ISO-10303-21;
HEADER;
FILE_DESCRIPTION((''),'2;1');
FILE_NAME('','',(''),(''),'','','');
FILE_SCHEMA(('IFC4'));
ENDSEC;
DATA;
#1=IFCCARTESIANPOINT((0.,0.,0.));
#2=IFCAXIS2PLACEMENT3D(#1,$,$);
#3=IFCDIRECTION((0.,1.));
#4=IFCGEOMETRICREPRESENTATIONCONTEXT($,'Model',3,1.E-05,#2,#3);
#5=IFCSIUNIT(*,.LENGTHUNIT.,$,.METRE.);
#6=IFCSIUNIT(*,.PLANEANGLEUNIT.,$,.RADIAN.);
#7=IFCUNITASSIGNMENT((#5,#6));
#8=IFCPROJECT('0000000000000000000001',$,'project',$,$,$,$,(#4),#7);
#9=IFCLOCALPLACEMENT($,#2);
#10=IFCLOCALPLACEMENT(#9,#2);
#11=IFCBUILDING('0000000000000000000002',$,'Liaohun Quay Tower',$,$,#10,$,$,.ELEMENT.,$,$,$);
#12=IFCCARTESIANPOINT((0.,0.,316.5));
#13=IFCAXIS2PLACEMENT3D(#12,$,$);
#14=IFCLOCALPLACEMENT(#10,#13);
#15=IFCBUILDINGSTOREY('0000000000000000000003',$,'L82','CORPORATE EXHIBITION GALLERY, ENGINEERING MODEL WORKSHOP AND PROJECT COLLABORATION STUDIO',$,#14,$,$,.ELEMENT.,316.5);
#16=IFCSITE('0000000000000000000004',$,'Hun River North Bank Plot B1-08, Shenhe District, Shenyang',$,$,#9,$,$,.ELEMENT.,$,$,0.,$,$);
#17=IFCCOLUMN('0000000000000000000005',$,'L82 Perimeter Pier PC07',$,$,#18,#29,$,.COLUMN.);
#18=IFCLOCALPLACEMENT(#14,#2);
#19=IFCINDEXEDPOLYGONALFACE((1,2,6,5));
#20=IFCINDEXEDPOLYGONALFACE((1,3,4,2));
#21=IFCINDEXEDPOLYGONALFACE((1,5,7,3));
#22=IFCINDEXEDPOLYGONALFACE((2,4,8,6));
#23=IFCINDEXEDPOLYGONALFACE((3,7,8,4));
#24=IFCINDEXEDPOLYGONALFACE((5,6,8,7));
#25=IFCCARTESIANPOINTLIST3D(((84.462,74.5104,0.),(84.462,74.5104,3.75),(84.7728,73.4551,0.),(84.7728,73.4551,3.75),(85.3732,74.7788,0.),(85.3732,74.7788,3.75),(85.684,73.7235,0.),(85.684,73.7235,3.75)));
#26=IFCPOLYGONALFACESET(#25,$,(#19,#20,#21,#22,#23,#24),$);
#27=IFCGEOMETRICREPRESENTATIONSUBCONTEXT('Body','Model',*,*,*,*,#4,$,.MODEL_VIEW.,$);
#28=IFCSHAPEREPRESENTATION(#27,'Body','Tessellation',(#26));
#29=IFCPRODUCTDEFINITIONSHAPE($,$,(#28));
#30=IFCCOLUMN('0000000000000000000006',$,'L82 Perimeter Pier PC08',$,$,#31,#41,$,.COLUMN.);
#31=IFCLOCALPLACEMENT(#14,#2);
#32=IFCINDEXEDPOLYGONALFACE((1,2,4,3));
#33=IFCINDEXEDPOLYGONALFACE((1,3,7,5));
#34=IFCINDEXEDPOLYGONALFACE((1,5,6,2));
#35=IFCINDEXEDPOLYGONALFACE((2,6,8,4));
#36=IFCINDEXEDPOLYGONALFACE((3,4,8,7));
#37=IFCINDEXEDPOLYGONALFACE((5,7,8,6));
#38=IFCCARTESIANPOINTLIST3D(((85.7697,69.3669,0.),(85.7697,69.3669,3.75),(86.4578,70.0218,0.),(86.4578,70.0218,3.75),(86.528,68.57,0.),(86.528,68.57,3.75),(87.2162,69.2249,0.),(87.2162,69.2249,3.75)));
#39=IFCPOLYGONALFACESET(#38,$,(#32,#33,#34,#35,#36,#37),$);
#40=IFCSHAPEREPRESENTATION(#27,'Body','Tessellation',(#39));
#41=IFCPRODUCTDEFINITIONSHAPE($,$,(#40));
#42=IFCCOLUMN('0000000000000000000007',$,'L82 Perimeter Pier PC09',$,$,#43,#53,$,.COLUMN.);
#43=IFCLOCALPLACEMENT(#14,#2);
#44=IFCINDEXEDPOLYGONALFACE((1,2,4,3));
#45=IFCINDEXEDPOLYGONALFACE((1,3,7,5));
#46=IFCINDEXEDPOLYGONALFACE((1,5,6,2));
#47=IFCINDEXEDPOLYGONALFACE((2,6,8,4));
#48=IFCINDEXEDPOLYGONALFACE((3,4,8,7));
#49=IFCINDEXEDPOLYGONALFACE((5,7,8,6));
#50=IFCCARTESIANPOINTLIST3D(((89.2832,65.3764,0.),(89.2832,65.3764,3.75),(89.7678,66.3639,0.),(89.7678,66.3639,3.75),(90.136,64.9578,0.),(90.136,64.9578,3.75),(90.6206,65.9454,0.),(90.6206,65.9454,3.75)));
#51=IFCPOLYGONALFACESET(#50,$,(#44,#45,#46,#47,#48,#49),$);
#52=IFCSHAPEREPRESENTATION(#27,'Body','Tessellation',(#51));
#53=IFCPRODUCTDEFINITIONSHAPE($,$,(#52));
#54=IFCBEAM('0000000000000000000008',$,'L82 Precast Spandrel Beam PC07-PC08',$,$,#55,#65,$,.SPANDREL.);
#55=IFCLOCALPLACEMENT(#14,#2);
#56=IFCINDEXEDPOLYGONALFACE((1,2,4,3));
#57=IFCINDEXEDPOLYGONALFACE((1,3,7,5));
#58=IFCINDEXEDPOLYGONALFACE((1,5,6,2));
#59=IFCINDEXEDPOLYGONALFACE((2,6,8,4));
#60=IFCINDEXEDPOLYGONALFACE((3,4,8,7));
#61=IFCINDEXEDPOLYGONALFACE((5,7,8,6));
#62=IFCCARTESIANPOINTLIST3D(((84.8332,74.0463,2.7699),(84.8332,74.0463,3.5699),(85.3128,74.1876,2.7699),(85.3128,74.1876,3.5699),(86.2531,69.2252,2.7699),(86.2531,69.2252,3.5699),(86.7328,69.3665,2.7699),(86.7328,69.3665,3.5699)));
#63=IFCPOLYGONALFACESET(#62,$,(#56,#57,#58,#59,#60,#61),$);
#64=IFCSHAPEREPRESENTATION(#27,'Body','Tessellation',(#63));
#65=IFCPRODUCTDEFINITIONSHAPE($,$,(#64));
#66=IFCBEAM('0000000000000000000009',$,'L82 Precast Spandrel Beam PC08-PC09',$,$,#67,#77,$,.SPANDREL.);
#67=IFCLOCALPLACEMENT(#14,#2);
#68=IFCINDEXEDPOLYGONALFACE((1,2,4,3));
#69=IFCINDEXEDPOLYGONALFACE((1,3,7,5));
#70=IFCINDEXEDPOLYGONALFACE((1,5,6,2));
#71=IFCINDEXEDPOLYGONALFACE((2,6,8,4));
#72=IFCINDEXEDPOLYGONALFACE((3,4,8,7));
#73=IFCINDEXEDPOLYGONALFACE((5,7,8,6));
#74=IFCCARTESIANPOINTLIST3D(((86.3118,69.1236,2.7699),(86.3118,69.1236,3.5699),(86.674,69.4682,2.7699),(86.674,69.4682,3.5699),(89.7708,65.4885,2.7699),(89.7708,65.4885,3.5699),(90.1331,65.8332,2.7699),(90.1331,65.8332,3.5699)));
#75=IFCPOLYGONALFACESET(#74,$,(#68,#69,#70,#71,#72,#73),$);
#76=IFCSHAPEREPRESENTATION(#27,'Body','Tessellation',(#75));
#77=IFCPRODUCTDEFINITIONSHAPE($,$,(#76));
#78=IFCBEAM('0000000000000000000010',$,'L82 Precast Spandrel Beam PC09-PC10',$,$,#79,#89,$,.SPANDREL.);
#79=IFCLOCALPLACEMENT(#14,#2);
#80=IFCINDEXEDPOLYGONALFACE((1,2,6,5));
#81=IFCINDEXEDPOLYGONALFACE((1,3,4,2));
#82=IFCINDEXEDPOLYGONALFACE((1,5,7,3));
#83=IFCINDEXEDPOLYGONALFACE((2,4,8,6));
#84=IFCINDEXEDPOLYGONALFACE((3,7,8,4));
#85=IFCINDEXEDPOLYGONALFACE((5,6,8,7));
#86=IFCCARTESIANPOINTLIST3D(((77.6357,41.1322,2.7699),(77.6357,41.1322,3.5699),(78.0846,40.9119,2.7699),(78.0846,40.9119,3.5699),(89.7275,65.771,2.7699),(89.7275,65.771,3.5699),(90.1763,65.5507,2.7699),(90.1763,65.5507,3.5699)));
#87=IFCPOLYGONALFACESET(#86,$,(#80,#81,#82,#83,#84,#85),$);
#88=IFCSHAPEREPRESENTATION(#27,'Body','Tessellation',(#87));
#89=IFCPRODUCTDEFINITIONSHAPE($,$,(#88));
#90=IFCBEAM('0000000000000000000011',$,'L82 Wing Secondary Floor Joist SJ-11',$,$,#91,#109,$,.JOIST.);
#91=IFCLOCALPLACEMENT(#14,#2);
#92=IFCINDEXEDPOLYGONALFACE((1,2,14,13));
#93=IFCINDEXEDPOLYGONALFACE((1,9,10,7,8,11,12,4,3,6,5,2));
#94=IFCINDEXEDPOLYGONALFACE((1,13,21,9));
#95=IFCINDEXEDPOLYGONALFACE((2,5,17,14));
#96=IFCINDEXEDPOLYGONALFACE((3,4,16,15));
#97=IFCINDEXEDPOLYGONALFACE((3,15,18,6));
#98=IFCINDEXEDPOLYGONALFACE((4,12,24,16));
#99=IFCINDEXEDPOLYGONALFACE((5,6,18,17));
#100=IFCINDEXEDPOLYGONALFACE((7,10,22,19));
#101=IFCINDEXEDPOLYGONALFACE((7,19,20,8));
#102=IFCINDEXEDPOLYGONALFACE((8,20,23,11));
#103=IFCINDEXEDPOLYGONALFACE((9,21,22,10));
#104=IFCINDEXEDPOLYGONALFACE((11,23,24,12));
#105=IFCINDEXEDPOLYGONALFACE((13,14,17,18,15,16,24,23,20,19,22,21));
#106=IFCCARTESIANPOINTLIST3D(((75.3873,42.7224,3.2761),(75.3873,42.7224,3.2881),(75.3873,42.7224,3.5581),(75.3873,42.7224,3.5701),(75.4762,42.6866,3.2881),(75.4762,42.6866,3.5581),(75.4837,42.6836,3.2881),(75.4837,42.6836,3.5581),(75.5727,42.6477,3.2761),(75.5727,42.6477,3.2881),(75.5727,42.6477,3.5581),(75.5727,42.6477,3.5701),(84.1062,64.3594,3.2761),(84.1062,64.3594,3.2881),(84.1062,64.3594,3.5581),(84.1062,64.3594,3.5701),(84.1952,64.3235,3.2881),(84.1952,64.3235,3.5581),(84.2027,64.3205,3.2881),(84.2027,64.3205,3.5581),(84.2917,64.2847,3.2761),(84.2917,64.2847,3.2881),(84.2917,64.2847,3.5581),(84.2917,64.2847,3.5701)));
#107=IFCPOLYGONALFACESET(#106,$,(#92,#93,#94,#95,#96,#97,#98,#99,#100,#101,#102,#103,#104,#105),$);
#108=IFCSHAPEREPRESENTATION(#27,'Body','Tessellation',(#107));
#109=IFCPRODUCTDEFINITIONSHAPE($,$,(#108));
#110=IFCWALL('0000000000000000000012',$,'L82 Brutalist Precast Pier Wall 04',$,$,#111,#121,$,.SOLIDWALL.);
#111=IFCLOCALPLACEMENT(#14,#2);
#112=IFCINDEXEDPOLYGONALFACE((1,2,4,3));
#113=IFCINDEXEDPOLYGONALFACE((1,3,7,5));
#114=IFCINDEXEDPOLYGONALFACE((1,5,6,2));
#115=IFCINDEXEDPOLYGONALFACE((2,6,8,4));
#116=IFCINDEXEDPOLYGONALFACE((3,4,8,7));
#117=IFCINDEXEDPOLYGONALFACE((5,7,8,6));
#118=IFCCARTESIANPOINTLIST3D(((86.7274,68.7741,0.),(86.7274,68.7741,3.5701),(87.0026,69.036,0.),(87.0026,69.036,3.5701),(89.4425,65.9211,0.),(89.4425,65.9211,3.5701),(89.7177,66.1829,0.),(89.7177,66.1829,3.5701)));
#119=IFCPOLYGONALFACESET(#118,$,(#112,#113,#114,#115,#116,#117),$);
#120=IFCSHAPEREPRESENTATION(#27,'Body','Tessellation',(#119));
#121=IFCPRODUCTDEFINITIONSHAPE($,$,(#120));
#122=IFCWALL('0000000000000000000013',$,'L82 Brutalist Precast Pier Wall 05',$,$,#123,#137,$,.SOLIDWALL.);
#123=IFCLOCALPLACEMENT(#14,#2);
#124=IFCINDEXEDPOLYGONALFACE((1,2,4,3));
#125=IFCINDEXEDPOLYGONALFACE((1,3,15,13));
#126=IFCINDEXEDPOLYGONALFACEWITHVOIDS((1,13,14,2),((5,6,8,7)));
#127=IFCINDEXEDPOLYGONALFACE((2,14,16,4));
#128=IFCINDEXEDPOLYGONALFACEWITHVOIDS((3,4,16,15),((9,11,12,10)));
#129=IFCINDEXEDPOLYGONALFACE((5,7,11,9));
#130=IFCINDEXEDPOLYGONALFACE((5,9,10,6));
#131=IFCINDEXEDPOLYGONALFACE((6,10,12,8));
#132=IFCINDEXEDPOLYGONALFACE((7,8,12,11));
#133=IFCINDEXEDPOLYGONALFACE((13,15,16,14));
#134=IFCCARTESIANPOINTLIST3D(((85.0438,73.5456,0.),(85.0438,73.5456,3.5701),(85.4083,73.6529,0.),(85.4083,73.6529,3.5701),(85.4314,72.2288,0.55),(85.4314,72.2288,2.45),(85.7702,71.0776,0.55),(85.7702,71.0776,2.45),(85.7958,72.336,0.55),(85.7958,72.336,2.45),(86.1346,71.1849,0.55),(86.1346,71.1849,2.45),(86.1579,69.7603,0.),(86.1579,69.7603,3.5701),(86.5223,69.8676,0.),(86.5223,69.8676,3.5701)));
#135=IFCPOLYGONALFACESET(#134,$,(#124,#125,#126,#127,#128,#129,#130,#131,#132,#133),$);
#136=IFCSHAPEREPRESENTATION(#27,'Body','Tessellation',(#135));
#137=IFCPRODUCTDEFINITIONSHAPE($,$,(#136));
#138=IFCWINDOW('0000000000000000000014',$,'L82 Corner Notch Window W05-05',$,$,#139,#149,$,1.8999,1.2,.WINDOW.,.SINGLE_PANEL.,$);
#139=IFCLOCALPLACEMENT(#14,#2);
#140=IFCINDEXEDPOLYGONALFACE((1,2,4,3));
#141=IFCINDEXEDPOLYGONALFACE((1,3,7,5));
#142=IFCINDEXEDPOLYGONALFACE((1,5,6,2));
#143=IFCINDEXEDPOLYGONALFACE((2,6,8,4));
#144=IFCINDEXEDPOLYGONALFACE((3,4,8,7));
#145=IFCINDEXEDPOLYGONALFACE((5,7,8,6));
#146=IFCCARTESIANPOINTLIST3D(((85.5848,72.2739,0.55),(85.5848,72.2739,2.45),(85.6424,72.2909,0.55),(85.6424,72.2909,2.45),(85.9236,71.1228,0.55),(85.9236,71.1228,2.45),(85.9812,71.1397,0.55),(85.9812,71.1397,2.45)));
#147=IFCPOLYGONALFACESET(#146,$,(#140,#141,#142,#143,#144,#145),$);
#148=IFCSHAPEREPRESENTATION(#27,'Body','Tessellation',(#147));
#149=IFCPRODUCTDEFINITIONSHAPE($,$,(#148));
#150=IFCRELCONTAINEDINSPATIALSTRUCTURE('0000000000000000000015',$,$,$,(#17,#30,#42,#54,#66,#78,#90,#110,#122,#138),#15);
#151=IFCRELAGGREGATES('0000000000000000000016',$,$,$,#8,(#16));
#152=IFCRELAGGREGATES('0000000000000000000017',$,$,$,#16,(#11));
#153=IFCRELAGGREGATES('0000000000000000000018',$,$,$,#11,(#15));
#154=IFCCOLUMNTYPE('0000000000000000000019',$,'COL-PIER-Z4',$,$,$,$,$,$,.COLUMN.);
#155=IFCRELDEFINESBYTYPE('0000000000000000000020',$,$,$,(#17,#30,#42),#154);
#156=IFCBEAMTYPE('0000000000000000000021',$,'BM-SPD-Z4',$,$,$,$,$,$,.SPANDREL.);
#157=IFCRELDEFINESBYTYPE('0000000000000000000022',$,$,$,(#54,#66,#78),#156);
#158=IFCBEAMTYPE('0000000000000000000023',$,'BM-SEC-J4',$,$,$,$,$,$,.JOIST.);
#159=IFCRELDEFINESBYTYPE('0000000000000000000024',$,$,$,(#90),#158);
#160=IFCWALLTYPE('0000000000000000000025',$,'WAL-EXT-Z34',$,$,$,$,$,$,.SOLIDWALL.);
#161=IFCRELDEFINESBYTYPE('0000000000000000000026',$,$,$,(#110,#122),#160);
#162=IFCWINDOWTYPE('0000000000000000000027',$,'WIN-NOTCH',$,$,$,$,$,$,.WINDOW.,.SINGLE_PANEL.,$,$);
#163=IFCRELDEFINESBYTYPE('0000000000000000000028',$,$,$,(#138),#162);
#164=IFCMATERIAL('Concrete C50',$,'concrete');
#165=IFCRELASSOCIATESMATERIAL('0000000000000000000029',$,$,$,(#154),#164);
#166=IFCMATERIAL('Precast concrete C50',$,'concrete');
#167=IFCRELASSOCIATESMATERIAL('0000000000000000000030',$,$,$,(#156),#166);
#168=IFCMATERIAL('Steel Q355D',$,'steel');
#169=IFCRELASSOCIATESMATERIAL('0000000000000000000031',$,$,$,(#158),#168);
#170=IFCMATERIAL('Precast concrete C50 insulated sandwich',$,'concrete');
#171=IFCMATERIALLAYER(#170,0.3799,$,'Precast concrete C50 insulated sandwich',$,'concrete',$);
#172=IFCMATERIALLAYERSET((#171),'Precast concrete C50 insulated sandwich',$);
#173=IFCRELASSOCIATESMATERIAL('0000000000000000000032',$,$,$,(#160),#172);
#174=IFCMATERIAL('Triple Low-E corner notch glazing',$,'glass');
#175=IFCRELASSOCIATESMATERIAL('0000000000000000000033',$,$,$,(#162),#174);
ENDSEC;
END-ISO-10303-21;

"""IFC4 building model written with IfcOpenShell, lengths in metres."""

from ifc_helpers import new_model, si_unit, direction, frame, frame_2d, origin, origin_2d, place, context, subcontext, project, spatial, rectangle, i_section, extrude, source, transform, mapped, material, layer, layer_set, material_profile, profile_set, type_object, element, fill, save


model = new_model("IFC4")

# Units and contexts
model_context = context("Model", 3, precision=1e-05, world=origin(), true_north=direction((0.0, 1.0)))
body_context = subcontext(model_context, "Body", "Model", "MODEL_VIEW")
ifc_project = project(units=[si_unit("LENGTHUNIT", "METRE"), si_unit("PLANEANGLEUNIT", "RADIAN")], contexts=[model_context])

# Site, building, storey
site_placement = place(None, origin())
site = spatial("IfcSite", under=ifc_project, at=site_placement, Name="Hun River North Bank Plot B1-08, Shenhe District, Shenyang", CompositionType="ELEMENT", RefElevation=0.0)
building_placement = place(site_placement, origin())
building = spatial("IfcBuilding", under=site, at=building_placement, Name="Liaohun Quay Tower", CompositionType="ELEMENT")
storey_placement = place(building_placement, frame((0.0, 0.0, 316.5)))
storey = spatial("IfcBuildingStorey", under=building, at=storey_placement, Name="L82", Description="CORPORATE EXHIBITION GALLERY, ENGINEERING MODEL WORKSHOP AND PROJECT COLLABORATION STUDIO", CompositionType="ELEMENT", Elevation=316.5)

# Columns
ifc_material_1 = material(Name="Concrete C50", Category="concrete")
ifc_material_profile_1 = material_profile(ifc_material_1, rectangle(XDim=1.1001, YDim=0.95, at=origin_2d()), Name="RC1100x950")
ifc_profile_set_1 = profile_set([ifc_material_profile_1], Name="Concrete C50")
column_type = type_object("IfcColumnType", Name="COL-PIER-Z4", PredefinedType="COLUMN", material=ifc_profile_set_1)
shared_shape_1 = source(origin(), body_context, "Body", "SweptSolid", [
    extrude(rectangle(XDim=1.1001, YDim=0.95, at=origin_2d()), origin(), (0.0, 0.0, 1.0), 3.75),
])
for number, where, z_axis, x_axis, name in (
    (1, (85.073, 74.1169, 0.0), (0.0, 0.0, 1.0), (-0.282509, 0.959265, 0.0), "L82 Perimeter Pier PC07"),
    (2, (86.4929, 69.2959, 0.0), (0.0, 0.0, 1.0), (-0.689367, 0.724413, 0.0), "L82 Perimeter Pier PC08"),
    (3, (89.9519, 65.6609, 0.0), (0.0, 0.0, 1.0), (0.440566, 0.89772, 0.0), "L82 Perimeter Pier PC09"),
):
    element("IfcColumn", number, at=place(storey_placement, frame(where, z_axis=z_axis, x_axis=x_axis)), inside=storey, type_object=column_type, Name=name, PredefinedType="COLUMN", context=body_context, shape_type="MappedRepresentation", body=[
        mapped(shared_shape_1, transform((0.0, 0.0, 0.0), x_axis=(1.0, 0.0, 0.0), y_axis=(0.0, 1.0, 0.0), z_axis=(0.0, 0.0, 1.0), scale=1.0)),
    ])

# Beams
ifc_material_2 = material(Name="Precast concrete C50", Category="concrete")
ifc_material_profile_2 = material_profile(ifc_material_2, rectangle(XDim=0.5, YDim=0.8, at=origin_2d()), Name="RC500x800")
ifc_profile_set_2 = profile_set([ifc_material_profile_2], Name="Precast concrete C50")
beam_type_1 = type_object("IfcBeamType", Name="BM-SPD-Z4", PredefinedType="SPANDREL", material=ifc_profile_set_2)
shared_shape_2 = source(origin(), body_context, "Body", "SweptSolid", [
    extrude(rectangle(XDim=0.5, YDim=0.8, at=origin_2d()), origin(), (0.0, 0.0, 1.0), 5.0259),
])
beam_1_placement = place(storey_placement, frame((85.073, 74.1169, 3.1699), z_axis=(0.282527, -0.959259, 0.0), x_axis=(0.959259, 0.282527, 0.0)))
element("IfcBeam", 4, at=beam_1_placement, inside=storey, type_object=beam_type_1, Name="L82 Precast Spandrel Beam PC07-PC08", PredefinedType="SPANDREL", context=body_context, shape_type="MappedRepresentation", body=[
    mapped(shared_shape_2, transform((0.0, 0.0, 0.0), x_axis=(1.0, 0.0, 0.0), y_axis=(0.0, 1.0, 0.0), z_axis=(0.0, 0.0, 1.0), scale=1.0)),
])
shared_shape_3 = source(origin(), body_context, "Body", "SweptSolid", [
    extrude(rectangle(XDim=0.5, YDim=0.8, at=origin_2d()), origin(), (0.0, 0.0, 1.0), 5.0178),
])
beam_2_placement = place(storey_placement, frame((86.4929, 69.2959, 3.1699), z_axis=(0.689349, -0.724429, 0.0), x_axis=(0.724429, 0.689349, 0.0)))
element("IfcBeam", 5, at=beam_2_placement, inside=storey, type_object=beam_type_1, Name="L82 Precast Spandrel Beam PC08-PC09", PredefinedType="SPANDREL", context=body_context, shape_type="MappedRepresentation", body=[
    mapped(shared_shape_3, transform((0.0, 0.0, 0.0), x_axis=(1.0, 0.0, 0.0), y_axis=(0.0, 1.0, 0.0), z_axis=(0.0, 0.0, 1.0), scale=1.0)),
])
shared_shape_4 = source(origin(), body_context, "Body", "SweptSolid", [
    extrude(rectangle(XDim=0.5, YDim=0.8, at=origin_2d()), origin(), (0.0, 0.0, 1.0), 27.446),
])
beam_3_placement = place(storey_placement, frame((89.9519, 65.6609, 3.1699), z_axis=(-0.440565, -0.897721, 0.0), x_axis=(0.897721, -0.440565, 0.0)))
element("IfcBeam", 6, at=beam_3_placement, inside=storey, type_object=beam_type_1, Name="L82 Precast Spandrel Beam PC09-PC10", PredefinedType="SPANDREL", context=body_context, shape_type="MappedRepresentation", body=[
    mapped(shared_shape_4, transform((0.0, 0.0, 0.0), x_axis=(1.0, 0.0, 0.0), y_axis=(0.0, 1.0, 0.0), z_axis=(0.0, 0.0, 1.0), scale=1.0)),
])
ifc_material_3 = material(Name="Steel Q355D", Category="steel")
ifc_material_profile_3 = material_profile(ifc_material_3, i_section(OverallWidth=0.2, OverallDepth=0.2939, WebThickness=0.0081, FlangeThickness=0.012, at=origin_2d()), Name="HM294x200x8x12")
ifc_profile_set_3 = profile_set([ifc_material_profile_3], Name="Steel Q355D")
beam_type_2 = type_object("IfcBeamType", Name="BM-SEC-J4", PredefinedType="JOIST", material=ifc_profile_set_3)
shared_shape_5 = source(origin(), body_context, "Body", "SweptSolid", [
    extrude(i_section(OverallWidth=0.2, OverallDepth=0.2939, WebThickness=0.0081, FlangeThickness=0.012, at=origin_2d()), origin(), (0.0, 0.0, 1.0), 23.3276),
])
beam_4_placement = place(storey_placement, frame((84.199, 64.322, 3.4231), z_axis=(-0.373762, -0.927525, 0.0), x_axis=(0.927525, -0.373762, 0.0)))
element("IfcBeam", 7, at=beam_4_placement, inside=storey, type_object=beam_type_2, Name="L82 Wing Secondary Floor Joist SJ-11", PredefinedType="JOIST", context=body_context, shape_type="MappedRepresentation", body=[
    mapped(shared_shape_5, transform((0.0, 0.0, 0.0), x_axis=(1.0, 0.0, 0.0), y_axis=(0.0, 1.0, 0.0), z_axis=(0.0, 0.0, 1.0), scale=1.0)),
])

# Wall
ifc_material_4 = material(Name="Precast concrete C50 insulated sandwich", Category="concrete")
ifc_layer_1 = layer(ifc_material_4, 0.3799, Name="Precast concrete C50 insulated sandwich", Category="concrete")
ifc_layer_set_1 = layer_set([ifc_layer_1], Name="Precast concrete C50 insulated sandwich")
wall_type_1 = type_object("IfcWallType", Name="WAL-EXT-Z34", PredefinedType="SOLIDWALL", material=ifc_layer_set_1)
wall_1_placement = place(storey_placement, frame((89.5801, 66.052, 0.0), z_axis=(0.0, 0.0, 1.0), x_axis=(-0.689378, 0.724402, 0.0)))
element("IfcWall", 8, at=wall_1_placement, inside=storey, type_object=wall_type_1, Name="L82 Brutalist Precast Pier Wall 04", PredefinedType="SOLIDWALL", context=body_context, shape_type="SweptSolid", body=[
    extrude(rectangle(XDim=3.9385, YDim=0.3799, at=frame_2d((1.9692, 0.0))), origin(), (0.0, 0.0, 1.0), 3.5701),
])

# Wall, opening, window
wall_2_placement = place(storey_placement, frame((86.3401, 69.814, 0.0), z_axis=(0.0, 0.0, 1.0), x_axis=(-0.282337, 0.959315, 0.0)))
wall_2 = element("IfcWall", 9, at=wall_2_placement, inside=storey, type_object=wall_type_1, Name="L82 Brutalist Precast Pier Wall 05", PredefinedType="SOLIDWALL", context=body_context, shape_type="SweptSolid", body=[
    extrude(rectangle(XDim=3.9458, YDim=0.3799, at=frame_2d((1.9729, 0.0))), origin(), (0.0, 0.0, 1.0), 3.5701),
])
shared_shape_6 = source(origin(), body_context, "Body", "SweptSolid", [
    extrude(rectangle(XDim=1.2, YDim=1.8999, at=frame_2d((0.6001, 0.95))), frame((0.0, 0.2, 0.0), z_axis=(0.0, -1.0, 0.0), x_axis=(1.0, 0.0, 0.0)), (0.0, 0.0, 1.0), 0.3999),
])
opening_1_placement = place(wall_2_placement, frame((1.373, 0.0, 0.55)))
opening_1 = element("IfcOpeningElement", 10, at=opening_1_placement, cuts=wall_2, PredefinedType="OPENING", context=body_context, shape_type="MappedRepresentation", body=[
    mapped(shared_shape_6, transform((0.0, 0.0, 0.0), x_axis=(1.0, 0.0, 0.0), y_axis=(0.0, 1.0, 0.0), z_axis=(0.0, 0.0, 1.0), scale=1.0)),
])
ifc_material_5 = material(Name="Triple Low-E corner notch glazing", Category="glass")
window_type_1 = type_object("IfcWindowType", Name="WIN-NOTCH", PartitioningType="SINGLE_PANEL", PredefinedType="WINDOW", material=ifc_material_5)
shared_shape_7 = source(origin(), body_context, "Body", "SweptSolid", [
    extrude(rectangle(XDim=1.2, YDim=1.8999, at=frame_2d((0.6001, 0.95))), frame((0.0, 0.03, 0.0), z_axis=(0.0, -1.0, 0.0), x_axis=(1.0, 0.0, 0.0)), (0.0, 0.0, 1.0), 0.0601),
])
window_1_placement = place(opening_1_placement, origin())
window_1 = element("IfcWindow", 11, at=window_1_placement, inside=storey, type_object=window_type_1, Name="L82 Corner Notch Window W05-05", OverallHeight=1.8999, OverallWidth=1.2, PartitioningType="SINGLE_PANEL", PredefinedType="WINDOW", context=body_context, shape_type="MappedRepresentation", body=[
    mapped(shared_shape_7, transform((0.0, 0.0, 0.0), x_axis=(1.0, 0.0, 0.0), y_axis=(0.0, 1.0, 0.0), z_axis=(0.0, 0.0, 1.0), scale=1.0)),
])
fill(opening_1, window_1)

save(model, "model.ifc")
